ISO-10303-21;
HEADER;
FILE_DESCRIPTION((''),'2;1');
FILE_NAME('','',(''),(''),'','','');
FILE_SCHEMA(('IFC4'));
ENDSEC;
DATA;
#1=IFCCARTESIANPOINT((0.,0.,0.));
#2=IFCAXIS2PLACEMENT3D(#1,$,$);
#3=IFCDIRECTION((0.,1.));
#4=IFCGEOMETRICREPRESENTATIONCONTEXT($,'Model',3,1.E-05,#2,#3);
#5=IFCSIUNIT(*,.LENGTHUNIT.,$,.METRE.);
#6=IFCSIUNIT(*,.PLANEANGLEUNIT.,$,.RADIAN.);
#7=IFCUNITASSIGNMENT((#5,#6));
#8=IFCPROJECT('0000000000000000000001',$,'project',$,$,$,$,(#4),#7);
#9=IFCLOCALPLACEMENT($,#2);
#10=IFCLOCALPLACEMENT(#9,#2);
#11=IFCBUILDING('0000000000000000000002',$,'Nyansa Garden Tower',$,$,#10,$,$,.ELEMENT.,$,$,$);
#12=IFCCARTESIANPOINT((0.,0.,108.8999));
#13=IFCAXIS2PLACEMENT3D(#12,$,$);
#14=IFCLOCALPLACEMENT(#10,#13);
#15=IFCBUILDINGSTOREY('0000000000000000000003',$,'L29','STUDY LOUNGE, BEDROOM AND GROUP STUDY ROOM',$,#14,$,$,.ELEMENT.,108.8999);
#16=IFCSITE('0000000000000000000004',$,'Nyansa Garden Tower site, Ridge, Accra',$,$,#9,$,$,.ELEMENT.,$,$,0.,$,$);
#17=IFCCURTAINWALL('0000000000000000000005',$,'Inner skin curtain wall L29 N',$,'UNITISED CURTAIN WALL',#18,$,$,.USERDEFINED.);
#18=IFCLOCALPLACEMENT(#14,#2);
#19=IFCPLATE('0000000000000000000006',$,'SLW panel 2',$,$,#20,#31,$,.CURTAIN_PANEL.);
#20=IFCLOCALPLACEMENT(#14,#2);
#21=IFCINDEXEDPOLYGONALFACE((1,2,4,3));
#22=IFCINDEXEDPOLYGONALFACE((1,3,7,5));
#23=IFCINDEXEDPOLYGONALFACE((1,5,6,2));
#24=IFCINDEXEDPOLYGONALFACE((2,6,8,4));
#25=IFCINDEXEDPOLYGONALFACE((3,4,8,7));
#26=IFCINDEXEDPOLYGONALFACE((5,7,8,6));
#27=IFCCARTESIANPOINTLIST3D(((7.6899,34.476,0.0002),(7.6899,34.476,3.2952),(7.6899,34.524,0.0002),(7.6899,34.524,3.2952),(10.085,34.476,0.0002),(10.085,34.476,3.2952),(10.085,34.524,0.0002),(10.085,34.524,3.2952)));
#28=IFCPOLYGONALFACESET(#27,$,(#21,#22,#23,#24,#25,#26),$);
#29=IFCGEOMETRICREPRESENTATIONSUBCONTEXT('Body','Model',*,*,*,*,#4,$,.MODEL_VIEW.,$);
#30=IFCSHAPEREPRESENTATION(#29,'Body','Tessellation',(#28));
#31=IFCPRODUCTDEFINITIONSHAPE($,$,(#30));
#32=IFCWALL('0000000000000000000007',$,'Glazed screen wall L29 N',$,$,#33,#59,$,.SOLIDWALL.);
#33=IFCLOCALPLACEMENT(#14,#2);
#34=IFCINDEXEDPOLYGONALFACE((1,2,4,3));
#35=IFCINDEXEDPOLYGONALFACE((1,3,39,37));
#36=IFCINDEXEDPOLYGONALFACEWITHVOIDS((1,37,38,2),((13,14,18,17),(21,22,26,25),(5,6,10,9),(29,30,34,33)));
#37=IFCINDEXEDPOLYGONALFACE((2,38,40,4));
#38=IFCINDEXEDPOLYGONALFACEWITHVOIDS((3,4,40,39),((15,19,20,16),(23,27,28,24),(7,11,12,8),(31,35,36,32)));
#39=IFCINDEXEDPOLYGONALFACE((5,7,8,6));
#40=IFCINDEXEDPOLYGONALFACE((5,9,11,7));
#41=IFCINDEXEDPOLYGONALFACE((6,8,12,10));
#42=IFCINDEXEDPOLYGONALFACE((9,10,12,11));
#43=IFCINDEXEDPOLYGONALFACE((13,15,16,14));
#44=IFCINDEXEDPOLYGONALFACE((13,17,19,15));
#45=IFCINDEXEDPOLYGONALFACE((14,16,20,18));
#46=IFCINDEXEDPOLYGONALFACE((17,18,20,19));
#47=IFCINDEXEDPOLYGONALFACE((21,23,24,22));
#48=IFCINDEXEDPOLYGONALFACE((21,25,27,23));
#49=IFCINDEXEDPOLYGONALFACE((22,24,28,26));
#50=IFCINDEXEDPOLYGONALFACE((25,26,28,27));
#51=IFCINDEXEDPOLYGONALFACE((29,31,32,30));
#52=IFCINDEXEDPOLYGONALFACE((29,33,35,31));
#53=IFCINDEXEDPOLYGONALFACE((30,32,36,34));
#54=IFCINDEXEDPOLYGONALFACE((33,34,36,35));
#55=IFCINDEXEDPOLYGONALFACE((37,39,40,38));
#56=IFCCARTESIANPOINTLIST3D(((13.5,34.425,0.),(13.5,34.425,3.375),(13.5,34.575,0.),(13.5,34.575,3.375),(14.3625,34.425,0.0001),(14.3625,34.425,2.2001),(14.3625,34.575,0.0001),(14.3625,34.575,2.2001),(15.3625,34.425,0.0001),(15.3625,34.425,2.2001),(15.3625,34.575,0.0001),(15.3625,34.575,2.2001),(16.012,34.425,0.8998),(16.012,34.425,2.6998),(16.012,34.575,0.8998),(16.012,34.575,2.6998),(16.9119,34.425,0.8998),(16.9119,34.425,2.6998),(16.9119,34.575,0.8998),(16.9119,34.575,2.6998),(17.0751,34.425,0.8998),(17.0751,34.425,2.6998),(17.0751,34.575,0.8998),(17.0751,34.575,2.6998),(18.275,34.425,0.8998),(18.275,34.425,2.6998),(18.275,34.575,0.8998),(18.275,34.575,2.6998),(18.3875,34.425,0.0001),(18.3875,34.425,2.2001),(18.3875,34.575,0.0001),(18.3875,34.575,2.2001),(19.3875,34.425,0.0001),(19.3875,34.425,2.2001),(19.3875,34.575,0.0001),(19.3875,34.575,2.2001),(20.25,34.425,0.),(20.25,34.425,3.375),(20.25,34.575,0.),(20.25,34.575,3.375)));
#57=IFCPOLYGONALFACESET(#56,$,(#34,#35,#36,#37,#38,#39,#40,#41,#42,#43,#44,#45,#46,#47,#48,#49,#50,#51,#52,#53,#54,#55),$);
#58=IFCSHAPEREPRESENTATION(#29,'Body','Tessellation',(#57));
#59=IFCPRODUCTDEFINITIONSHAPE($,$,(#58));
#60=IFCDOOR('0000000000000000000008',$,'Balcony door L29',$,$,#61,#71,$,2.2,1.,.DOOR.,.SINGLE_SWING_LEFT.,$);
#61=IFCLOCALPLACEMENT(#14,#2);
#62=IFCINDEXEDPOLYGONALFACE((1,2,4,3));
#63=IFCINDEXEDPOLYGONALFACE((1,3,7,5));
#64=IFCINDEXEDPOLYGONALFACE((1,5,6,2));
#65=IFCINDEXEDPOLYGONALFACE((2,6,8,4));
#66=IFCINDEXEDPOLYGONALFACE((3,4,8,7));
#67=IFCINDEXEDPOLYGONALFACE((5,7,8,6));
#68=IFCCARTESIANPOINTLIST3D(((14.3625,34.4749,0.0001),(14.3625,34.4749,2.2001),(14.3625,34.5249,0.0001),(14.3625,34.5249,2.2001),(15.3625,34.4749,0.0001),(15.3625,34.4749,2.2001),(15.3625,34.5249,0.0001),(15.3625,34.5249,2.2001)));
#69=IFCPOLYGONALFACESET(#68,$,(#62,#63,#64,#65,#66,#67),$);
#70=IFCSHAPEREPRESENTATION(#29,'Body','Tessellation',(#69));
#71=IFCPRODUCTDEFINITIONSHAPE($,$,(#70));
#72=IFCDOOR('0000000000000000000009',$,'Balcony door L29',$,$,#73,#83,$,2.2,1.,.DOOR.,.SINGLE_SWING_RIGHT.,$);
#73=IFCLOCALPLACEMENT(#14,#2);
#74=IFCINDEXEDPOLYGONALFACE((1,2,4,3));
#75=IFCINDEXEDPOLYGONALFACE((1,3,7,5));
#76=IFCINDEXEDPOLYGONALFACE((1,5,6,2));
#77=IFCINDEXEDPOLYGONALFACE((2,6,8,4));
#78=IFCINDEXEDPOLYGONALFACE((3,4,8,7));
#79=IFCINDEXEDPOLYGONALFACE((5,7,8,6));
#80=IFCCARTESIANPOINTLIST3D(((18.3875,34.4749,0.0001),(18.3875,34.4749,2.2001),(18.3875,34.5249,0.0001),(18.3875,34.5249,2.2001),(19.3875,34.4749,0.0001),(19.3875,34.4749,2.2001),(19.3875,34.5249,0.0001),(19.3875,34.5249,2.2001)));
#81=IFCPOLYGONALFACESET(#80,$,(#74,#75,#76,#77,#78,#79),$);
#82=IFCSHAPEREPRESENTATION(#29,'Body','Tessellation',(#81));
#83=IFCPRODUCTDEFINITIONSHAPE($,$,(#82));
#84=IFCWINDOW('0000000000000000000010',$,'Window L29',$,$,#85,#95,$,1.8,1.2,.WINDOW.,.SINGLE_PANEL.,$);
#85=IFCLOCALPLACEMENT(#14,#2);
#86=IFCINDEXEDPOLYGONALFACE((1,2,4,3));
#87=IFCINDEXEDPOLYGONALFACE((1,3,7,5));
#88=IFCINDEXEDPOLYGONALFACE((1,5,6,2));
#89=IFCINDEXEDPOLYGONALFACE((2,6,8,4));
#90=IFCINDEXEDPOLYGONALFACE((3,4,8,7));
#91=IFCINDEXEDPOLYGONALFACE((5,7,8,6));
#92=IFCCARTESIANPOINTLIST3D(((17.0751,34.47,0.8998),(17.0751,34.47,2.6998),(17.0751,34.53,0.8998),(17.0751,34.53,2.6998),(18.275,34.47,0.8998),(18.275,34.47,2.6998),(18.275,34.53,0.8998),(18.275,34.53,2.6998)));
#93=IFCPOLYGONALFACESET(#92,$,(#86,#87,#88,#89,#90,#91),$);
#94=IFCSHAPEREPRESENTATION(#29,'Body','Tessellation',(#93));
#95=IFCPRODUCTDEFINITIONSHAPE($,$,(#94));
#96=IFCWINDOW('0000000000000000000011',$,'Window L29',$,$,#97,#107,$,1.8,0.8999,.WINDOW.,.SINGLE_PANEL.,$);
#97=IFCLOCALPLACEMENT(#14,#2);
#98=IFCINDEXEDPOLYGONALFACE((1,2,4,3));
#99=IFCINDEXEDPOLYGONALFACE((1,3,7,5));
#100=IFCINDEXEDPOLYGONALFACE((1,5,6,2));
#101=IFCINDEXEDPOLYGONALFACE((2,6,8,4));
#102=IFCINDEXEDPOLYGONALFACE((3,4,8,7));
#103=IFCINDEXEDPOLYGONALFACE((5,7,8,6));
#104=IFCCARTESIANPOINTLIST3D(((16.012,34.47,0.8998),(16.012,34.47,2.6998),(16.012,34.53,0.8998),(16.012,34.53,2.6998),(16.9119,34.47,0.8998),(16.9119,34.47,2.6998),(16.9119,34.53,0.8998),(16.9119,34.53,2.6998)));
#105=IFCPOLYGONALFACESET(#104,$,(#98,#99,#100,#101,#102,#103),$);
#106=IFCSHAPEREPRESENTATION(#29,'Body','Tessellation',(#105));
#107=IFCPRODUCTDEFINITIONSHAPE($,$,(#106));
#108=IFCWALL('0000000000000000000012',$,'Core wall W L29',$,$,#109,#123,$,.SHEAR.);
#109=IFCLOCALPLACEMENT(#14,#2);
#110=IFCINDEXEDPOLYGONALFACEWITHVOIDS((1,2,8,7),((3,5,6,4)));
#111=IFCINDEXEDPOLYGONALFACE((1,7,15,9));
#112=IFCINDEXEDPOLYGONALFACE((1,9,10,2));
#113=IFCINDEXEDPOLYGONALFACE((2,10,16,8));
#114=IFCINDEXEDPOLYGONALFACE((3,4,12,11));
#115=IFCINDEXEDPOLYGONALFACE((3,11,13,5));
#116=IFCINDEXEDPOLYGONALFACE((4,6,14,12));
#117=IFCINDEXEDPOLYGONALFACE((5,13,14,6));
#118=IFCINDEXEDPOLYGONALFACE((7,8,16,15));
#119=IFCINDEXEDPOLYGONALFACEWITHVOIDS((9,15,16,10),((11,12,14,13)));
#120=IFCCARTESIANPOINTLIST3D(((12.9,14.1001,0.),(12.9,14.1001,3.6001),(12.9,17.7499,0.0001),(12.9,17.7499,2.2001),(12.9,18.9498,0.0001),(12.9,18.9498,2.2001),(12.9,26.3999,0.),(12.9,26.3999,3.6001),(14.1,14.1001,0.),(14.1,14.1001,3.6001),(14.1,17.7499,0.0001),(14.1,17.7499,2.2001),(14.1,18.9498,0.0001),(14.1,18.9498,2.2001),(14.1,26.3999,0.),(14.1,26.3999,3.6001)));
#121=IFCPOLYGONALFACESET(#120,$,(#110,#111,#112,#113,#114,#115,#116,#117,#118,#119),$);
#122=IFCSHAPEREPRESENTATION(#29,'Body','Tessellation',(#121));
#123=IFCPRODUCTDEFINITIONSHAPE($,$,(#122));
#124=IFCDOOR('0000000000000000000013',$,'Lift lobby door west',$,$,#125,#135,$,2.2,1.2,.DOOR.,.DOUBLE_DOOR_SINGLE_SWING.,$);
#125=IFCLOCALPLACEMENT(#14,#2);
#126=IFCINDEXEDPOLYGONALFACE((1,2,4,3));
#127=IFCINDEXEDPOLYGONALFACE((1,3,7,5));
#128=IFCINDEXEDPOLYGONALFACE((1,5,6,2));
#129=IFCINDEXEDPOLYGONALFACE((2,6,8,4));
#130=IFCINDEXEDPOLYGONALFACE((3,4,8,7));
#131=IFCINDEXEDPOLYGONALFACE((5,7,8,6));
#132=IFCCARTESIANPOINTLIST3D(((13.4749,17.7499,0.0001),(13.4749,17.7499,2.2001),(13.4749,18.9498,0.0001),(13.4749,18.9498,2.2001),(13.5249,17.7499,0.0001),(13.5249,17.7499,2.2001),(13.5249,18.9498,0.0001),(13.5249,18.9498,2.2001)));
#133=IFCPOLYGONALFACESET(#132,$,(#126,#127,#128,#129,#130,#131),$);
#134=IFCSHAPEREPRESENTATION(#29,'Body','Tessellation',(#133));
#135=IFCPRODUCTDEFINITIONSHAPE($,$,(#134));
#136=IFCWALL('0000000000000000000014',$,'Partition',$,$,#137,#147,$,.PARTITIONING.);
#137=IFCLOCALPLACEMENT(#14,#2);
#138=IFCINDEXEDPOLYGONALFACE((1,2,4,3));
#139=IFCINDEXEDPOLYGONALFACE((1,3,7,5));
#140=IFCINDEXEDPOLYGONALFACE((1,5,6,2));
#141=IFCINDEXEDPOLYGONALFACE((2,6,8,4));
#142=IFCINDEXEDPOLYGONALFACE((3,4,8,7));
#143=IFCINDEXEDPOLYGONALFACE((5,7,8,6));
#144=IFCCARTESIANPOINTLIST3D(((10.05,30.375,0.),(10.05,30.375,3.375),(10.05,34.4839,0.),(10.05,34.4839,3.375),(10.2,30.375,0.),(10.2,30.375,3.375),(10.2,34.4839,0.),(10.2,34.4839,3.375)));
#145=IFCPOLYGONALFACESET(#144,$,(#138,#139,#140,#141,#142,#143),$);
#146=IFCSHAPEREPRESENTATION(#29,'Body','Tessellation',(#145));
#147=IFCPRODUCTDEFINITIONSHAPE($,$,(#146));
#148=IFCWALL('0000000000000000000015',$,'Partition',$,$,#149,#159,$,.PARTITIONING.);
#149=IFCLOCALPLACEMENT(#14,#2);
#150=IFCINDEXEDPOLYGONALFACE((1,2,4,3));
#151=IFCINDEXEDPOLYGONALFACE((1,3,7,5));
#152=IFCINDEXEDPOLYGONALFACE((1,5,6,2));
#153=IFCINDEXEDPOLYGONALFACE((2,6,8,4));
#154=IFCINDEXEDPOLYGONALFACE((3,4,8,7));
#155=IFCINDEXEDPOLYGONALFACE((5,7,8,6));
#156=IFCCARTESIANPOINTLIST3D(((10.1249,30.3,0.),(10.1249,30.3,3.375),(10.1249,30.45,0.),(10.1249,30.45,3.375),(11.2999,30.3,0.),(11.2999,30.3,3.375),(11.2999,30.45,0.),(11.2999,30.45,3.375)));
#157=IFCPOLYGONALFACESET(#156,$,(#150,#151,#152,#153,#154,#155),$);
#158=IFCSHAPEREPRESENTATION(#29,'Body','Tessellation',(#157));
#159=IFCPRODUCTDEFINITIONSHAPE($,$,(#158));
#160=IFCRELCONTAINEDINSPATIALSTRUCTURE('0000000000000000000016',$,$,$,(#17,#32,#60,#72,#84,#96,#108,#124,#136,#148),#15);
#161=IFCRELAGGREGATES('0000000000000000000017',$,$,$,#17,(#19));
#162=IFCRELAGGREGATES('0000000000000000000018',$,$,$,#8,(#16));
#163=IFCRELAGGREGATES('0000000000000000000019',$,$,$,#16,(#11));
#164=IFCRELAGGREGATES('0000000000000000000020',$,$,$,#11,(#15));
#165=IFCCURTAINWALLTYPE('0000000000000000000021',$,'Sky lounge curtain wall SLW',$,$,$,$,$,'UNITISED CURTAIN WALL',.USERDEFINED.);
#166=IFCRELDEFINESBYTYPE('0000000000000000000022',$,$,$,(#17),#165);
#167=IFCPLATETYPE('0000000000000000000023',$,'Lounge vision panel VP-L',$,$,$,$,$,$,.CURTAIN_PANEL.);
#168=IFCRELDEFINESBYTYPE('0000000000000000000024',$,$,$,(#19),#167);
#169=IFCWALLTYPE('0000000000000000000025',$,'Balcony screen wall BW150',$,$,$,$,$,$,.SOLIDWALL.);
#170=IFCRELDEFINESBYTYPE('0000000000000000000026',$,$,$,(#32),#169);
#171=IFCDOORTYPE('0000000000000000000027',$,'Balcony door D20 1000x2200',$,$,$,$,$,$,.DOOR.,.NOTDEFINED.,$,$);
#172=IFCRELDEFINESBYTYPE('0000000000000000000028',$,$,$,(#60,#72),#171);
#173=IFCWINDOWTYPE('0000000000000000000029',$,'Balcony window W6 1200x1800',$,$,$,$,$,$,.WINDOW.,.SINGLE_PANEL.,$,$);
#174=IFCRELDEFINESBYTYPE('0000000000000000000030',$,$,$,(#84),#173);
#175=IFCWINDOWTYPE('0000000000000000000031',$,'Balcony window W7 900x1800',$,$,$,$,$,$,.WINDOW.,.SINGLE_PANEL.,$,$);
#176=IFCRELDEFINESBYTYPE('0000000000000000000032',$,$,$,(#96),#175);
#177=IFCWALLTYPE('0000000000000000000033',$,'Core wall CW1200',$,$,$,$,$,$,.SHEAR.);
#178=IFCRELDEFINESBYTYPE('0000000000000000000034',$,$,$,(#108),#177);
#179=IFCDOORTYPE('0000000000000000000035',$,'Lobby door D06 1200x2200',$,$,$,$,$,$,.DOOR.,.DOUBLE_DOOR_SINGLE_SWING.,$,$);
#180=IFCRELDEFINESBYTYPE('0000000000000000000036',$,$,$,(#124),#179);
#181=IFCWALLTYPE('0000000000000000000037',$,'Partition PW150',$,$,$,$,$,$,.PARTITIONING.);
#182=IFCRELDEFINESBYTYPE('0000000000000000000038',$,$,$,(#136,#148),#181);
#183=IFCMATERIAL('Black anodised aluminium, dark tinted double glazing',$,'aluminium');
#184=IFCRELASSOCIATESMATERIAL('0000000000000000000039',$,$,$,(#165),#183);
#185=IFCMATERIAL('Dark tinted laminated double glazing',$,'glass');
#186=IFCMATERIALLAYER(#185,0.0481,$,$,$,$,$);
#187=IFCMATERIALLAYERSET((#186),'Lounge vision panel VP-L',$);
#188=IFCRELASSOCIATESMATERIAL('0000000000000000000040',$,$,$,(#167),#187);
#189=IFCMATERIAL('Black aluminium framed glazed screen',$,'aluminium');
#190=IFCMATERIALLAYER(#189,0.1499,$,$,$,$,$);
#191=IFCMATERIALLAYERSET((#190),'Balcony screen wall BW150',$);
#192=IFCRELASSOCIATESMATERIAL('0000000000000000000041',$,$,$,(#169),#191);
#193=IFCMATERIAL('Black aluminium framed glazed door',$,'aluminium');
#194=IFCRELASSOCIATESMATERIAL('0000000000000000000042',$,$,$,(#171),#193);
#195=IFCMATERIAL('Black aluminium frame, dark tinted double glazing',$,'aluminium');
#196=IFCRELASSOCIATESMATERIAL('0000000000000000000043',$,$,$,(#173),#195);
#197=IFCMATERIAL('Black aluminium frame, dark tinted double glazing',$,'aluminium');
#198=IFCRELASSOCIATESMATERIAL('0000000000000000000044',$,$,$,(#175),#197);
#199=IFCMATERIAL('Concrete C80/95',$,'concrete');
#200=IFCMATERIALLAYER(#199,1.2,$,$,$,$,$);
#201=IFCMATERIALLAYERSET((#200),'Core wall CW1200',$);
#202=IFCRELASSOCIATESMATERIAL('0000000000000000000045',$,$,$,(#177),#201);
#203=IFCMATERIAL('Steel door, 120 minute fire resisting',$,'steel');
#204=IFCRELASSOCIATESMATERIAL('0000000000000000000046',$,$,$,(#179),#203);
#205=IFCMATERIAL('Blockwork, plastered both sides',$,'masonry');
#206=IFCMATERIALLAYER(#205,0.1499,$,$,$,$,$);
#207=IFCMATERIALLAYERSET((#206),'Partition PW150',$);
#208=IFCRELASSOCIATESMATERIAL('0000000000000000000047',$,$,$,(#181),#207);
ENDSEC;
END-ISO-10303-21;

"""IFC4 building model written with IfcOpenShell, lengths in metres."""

from ifc_helpers import new_model, si_unit, direction, frame, frame_2d, origin, origin_2d, place, context, subcontext, project, spatial, rectangle, extrude, material, layer, layer_set, type_object, element, fill, aggregate, save


model = new_model("IFC4")

# Units and contexts
model_context = context("Model", 3, precision=1e-05, world=origin(), true_north=direction((0.0, 1.0)))
body_context = subcontext(model_context, "Body", "Model", "MODEL_VIEW")
ifc_project = project(units=[si_unit("LENGTHUNIT", "METRE"), si_unit("PLANEANGLEUNIT", "RADIAN")], contexts=[model_context])

# Site, building, storey
site_placement = place(None, origin())
site = spatial("IfcSite", under=ifc_project, at=site_placement, Name="Nyansa Garden Tower site, Ridge, Accra", CompositionType="ELEMENT", RefElevation=0.0)
building_placement = place(site_placement, origin())
building = spatial("IfcBuilding", under=site, at=building_placement, Name="Nyansa Garden Tower", CompositionType="ELEMENT")
storey_placement = place(building_placement, frame((0.0, 0.0, 108.8999)))
storey = spatial("IfcBuildingStorey", under=building, at=storey_placement, Name="L29", Description="STUDY LOUNGE, BEDROOM AND GROUP STUDY ROOM", CompositionType="ELEMENT", Elevation=108.8999)

# Curtain wall
ifc_material_1 = material(Name="Black anodised aluminium, dark tinted double glazing", Category="aluminium")
curtain_wall_type = type_object("IfcCurtainWallType", Name="Sky lounge curtain wall SLW", ElementType="UNITISED CURTAIN WALL", PredefinedType="USERDEFINED", material=ifc_material_1)
curtain_wall_placement = place(storey_placement, origin())
curtain_wall = element("IfcCurtainWall", 1, at=curtain_wall_placement, inside=storey, type_object=curtain_wall_type, Name="Inner skin curtain wall L29 N", ObjectType="UNITISED CURTAIN WALL", PredefinedType="USERDEFINED")

# Plate
ifc_material_2 = material(Name="Dark tinted laminated double glazing", Category="glass")
ifc_layer_1 = layer(ifc_material_2, 0.0481)
ifc_layer_set_1 = layer_set([ifc_layer_1], Name="Lounge vision panel VP-L")
plate_type = type_object("IfcPlateType", Name="Lounge vision panel VP-L", PredefinedType="CURTAIN_PANEL", material=ifc_layer_set_1)
plate_1_placement = place(storey_placement, frame((8.8875, 34.5, 0.0002), z_axis=(0.0, 0.0, 1.0), x_axis=(-1.0, 0.0, 0.0)))
plate_1 = element("IfcPlate", 2, at=plate_1_placement, type_object=plate_type, Name="SLW panel 2", PredefinedType="CURTAIN_PANEL", context=body_context, shape_type="SweptSolid", body=[
    extrude(rectangle(XDim=2.395, YDim=0.0481, at=origin_2d()), origin(), (0.0, 0.0, 1.0), 3.2949),
])
aggregate(curtain_wall, [plate_1])

# Wall, openings, doors, windows
ifc_material_3 = material(Name="Black aluminium framed glazed screen", Category="aluminium")
ifc_layer_2 = layer(ifc_material_3, 0.1499)
ifc_layer_set_2 = layer_set([ifc_layer_2], Name="Balcony screen wall BW150")
wall_type_1 = type_object("IfcWallType", Name="Balcony screen wall BW150", PredefinedType="SOLIDWALL", material=ifc_layer_set_2)
wall_1_placement = place(storey_placement, frame((13.5, 34.5, 0.0), z_axis=(0.0, 0.0, 1.0), x_axis=(1.0, 0.0, 0.0)))
wall_1 = element("IfcWall", 3, at=wall_1_placement, inside=storey, type_object=wall_type_1, Name="Glazed screen wall L29 N", PredefinedType="SOLIDWALL", context=body_context, shape_type="SweptSolid", body=[
    extrude(rectangle(XDim=6.75, YDim=0.1499, at=frame_2d((3.375, 0.0))), origin(), (0.0, 0.0, 1.0), 3.375),
])
opening_1_placement = place(wall_1_placement, frame((0.8625, 0.0, 0.0)))
opening_1 = element("IfcOpeningElement", 4, at=opening_1_placement, cuts=wall_1, PredefinedType="OPENING", context=body_context, shape_type="SweptSolid", body=[
    extrude(rectangle(XDim=1.0, YDim=2.2, at=frame_2d((0.5, 1.1001))), frame((0.0, 0.085, 0.0), z_axis=(0.0, -1.0, 0.0), x_axis=(1.0, 0.0, 0.0)), (0.0, 0.0, 1.0), 0.1699),
])
opening_2_placement = place(wall_1_placement, frame((2.512, 0.0, 0.8999)))
opening_2 = element("IfcOpeningElement", 5, at=opening_2_placement, cuts=wall_1, PredefinedType="OPENING", context=body_context, shape_type="SweptSolid", body=[
    extrude(rectangle(XDim=0.8999, YDim=1.8, at=frame_2d((0.45, 0.8999))), frame((0.0, 0.085, 0.0), z_axis=(0.0, -1.0, 0.0), x_axis=(1.0, 0.0, 0.0)), (0.0, 0.0, 1.0), 0.1699),
])
opening_3_placement = place(wall_1_placement, frame((4.8875, 0.0, 0.0)))
opening_3 = element("IfcOpeningElement", 6, at=opening_3_placement, cuts=wall_1, PredefinedType="OPENING", context=body_context, shape_type="SweptSolid", body=[
    extrude(rectangle(XDim=1.0, YDim=2.2, at=frame_2d((0.5, 1.1001))), frame((0.0, 0.085, 0.0), z_axis=(0.0, -1.0, 0.0), x_axis=(1.0, 0.0, 0.0)), (0.0, 0.0, 1.0), 0.1699),
])
opening_4_placement = place(wall_1_placement, frame((3.575, 0.0, 0.8999)))
opening_4 = element("IfcOpeningElement", 7, at=opening_4_placement, cuts=wall_1, PredefinedType="OPENING", context=body_context, shape_type="SweptSolid", body=[
    extrude(rectangle(XDim=1.2, YDim=1.8, at=frame_2d((0.6001, 0.8999))), frame((0.0, 0.085, 0.0), z_axis=(0.0, -1.0, 0.0), x_axis=(1.0, 0.0, 0.0)), (0.0, 0.0, 1.0), 0.1699),
])
ifc_material_4 = material(Name="Black aluminium framed glazed door", Category="aluminium")
door_type_1 = type_object("IfcDoorType", Name="Balcony door D20 1000x2200", OperationType="NOTDEFINED", PredefinedType="DOOR", material=ifc_material_4)
door_1_placement = place(opening_1_placement, origin())
door_1 = element("IfcDoor", 8, at=door_1_placement, inside=storey, type_object=door_type_1, Name="Balcony door L29", OperationType="SINGLE_SWING_LEFT", OverallHeight=2.2, OverallWidth=1.0, PredefinedType="DOOR", context=body_context, shape_type="SweptSolid", body=[
    extrude(rectangle(XDim=1.0, YDim=2.2, at=frame_2d((0.5, 1.1001))), frame((0.0, 0.0249, 0.0), z_axis=(0.0, -1.0, 0.0), x_axis=(1.0, 0.0, 0.0)), (0.0, 0.0, 1.0), 0.05),
])
fill(opening_1, door_1)
door_2_placement = place(opening_3_placement, origin())
door_2 = element("IfcDoor", 9, at=door_2_placement, inside=storey, type_object=door_type_1, Name="Balcony door L29", OperationType="SINGLE_SWING_RIGHT", OverallHeight=2.2, OverallWidth=1.0, PredefinedType="DOOR", context=body_context, shape_type="SweptSolid", body=[
    extrude(rectangle(XDim=1.0, YDim=2.2, at=frame_2d((0.5, 1.1001))), frame((0.0, 0.0249, 0.0), z_axis=(0.0, -1.0, 0.0), x_axis=(1.0, 0.0, 0.0)), (0.0, 0.0, 1.0), 0.05),
])
fill(opening_3, door_2)
ifc_material_5 = material(Name="Black aluminium frame, dark tinted double glazing", Category="aluminium")
window_type_1 = type_object("IfcWindowType", Name="Balcony window W6 1200x1800", PartitioningType="SINGLE_PANEL", PredefinedType="WINDOW", material=ifc_material_5)
window_1_placement = place(opening_4_placement, origin())
window_1 = element("IfcWindow", 10, at=window_1_placement, inside=storey, type_object=window_type_1, Name="Window L29", OverallHeight=1.8, OverallWidth=1.2, PartitioningType="SINGLE_PANEL", PredefinedType="WINDOW", context=body_context, shape_type="SweptSolid", body=[
    extrude(rectangle(XDim=1.2, YDim=1.8, at=frame_2d((0.6001, 0.8999))), frame((0.0, 0.03, 0.0), z_axis=(0.0, -1.0, 0.0), x_axis=(1.0, 0.0, 0.0)), (0.0, 0.0, 1.0), 0.0601),
])
fill(opening_4, window_1)
ifc_material_6 = material(Name="Black aluminium frame, dark tinted double glazing", Category="aluminium")
window_type_2 = type_object("IfcWindowType", Name="Balcony window W7 900x1800", PartitioningType="SINGLE_PANEL", PredefinedType="WINDOW", material=ifc_material_6)
window_2_placement = place(opening_2_placement, origin())
window_2 = element("IfcWindow", 11, at=window_2_placement, inside=storey, type_object=window_type_2, Name="Window L29", OverallHeight=1.8, OverallWidth=0.8999, PartitioningType="SINGLE_PANEL", PredefinedType="WINDOW", context=body_context, shape_type="SweptSolid", body=[
    extrude(rectangle(XDim=0.8999, YDim=1.8, at=frame_2d((0.45, 0.8999))), frame((0.0, 0.03, 0.0), z_axis=(0.0, -1.0, 0.0), x_axis=(1.0, 0.0, 0.0)), (0.0, 0.0, 1.0), 0.0601),
])
fill(opening_2, window_2)

# Wall, opening, door
ifc_material_7 = material(Name="Concrete C80/95", Category="concrete")
ifc_layer_3 = layer(ifc_material_7, 1.2)
ifc_layer_set_3 = layer_set([ifc_layer_3], Name="Core wall CW1200")
wall_type_2 = type_object("IfcWallType", Name="Core wall CW1200", PredefinedType="SHEAR", material=ifc_layer_set_3)
wall_2_placement = place(storey_placement, frame((13.5, 26.3999, 0.0), z_axis=(0.0, 0.0, 1.0), x_axis=(0.0, -1.0, 0.0)))
wall_2 = element("IfcWall", 12, at=wall_2_placement, inside=storey, type_object=wall_type_2, Name="Core wall W L29", PredefinedType="SHEAR", context=body_context, shape_type="SweptSolid", body=[
    extrude(rectangle(XDim=12.2998, YDim=1.2, at=frame_2d((6.1499, 0.0))), origin(), (0.0, 0.0, 1.0), 3.6001),
])
opening_5_placement = place(wall_2_placement, frame((7.45, 0.0, 0.0)))
opening_5 = element("IfcOpeningElement", 13, at=opening_5_placement, cuts=wall_2, PredefinedType="OPENING", context=body_context, shape_type="SweptSolid", body=[
    extrude(rectangle(XDim=1.2, YDim=2.2, at=frame_2d((0.6001, 1.1001))), frame((0.0, 0.6099, 0.0), z_axis=(0.0, -1.0, 0.0), x_axis=(1.0, 0.0, 0.0)), (0.0, 0.0, 1.0), 1.22),
])
ifc_material_8 = material(Name="Steel door, 120 minute fire resisting", Category="steel")
door_type_2 = type_object("IfcDoorType", Name="Lobby door D06 1200x2200", OperationType="DOUBLE_DOOR_SINGLE_SWING", PredefinedType="DOOR", material=ifc_material_8)
door_3_placement = place(opening_5_placement, origin())
door_3 = element("IfcDoor", 14, at=door_3_placement, inside=storey, type_object=door_type_2, Name="Lift lobby door west", OperationType="DOUBLE_DOOR_SINGLE_SWING", OverallHeight=2.2, OverallWidth=1.2, PredefinedType="DOOR", context=body_context, shape_type="SweptSolid", body=[
    extrude(rectangle(XDim=1.2, YDim=2.2, at=frame_2d((0.6001, 1.1001))), frame((0.0, 0.0249, 0.0), z_axis=(0.0, -1.0, 0.0), x_axis=(1.0, 0.0, 0.0)), (0.0, 0.0, 1.0), 0.05),
])
fill(opening_5, door_3)

# Walls
ifc_material_9 = material(Name="Blockwork, plastered both sides", Category="masonry")
ifc_layer_4 = layer(ifc_material_9, 0.1499)
ifc_layer_set_4 = layer_set([ifc_layer_4], Name="Partition PW150")
wall_type_3 = type_object("IfcWallType", Name="Partition PW150", PredefinedType="PARTITIONING", material=ifc_layer_set_4)
wall_3_placement = place(storey_placement, frame((10.125, 30.375, 0.0), z_axis=(0.0, 0.0, 1.0), x_axis=(0.0, 1.0, 0.0)))
element("IfcWall", 15, at=wall_3_placement, inside=storey, type_object=wall_type_3, Name="Partition", PredefinedType="PARTITIONING", context=body_context, shape_type="SweptSolid", body=[
    extrude(rectangle(XDim=4.1089, YDim=0.1499, at=frame_2d((2.0544, 0.0))), origin(), (0.0, 0.0, 1.0), 3.375),
])
wall_4_placement = place(storey_placement, frame((10.125, 30.375, 0.0), z_axis=(0.0, 0.0, 1.0), x_axis=(1.0, 0.0, 0.0)))
element("IfcWall", 16, at=wall_4_placement, inside=storey, type_object=wall_type_3, Name="Partition", PredefinedType="PARTITIONING", context=body_context, shape_type="SweptSolid", body=[
    extrude(rectangle(XDim=1.175, YDim=0.1499, at=frame_2d((0.5874, 0.0))), origin(), (0.0, 0.0, 1.0), 3.375),
])

save(model, "model.ifc")
